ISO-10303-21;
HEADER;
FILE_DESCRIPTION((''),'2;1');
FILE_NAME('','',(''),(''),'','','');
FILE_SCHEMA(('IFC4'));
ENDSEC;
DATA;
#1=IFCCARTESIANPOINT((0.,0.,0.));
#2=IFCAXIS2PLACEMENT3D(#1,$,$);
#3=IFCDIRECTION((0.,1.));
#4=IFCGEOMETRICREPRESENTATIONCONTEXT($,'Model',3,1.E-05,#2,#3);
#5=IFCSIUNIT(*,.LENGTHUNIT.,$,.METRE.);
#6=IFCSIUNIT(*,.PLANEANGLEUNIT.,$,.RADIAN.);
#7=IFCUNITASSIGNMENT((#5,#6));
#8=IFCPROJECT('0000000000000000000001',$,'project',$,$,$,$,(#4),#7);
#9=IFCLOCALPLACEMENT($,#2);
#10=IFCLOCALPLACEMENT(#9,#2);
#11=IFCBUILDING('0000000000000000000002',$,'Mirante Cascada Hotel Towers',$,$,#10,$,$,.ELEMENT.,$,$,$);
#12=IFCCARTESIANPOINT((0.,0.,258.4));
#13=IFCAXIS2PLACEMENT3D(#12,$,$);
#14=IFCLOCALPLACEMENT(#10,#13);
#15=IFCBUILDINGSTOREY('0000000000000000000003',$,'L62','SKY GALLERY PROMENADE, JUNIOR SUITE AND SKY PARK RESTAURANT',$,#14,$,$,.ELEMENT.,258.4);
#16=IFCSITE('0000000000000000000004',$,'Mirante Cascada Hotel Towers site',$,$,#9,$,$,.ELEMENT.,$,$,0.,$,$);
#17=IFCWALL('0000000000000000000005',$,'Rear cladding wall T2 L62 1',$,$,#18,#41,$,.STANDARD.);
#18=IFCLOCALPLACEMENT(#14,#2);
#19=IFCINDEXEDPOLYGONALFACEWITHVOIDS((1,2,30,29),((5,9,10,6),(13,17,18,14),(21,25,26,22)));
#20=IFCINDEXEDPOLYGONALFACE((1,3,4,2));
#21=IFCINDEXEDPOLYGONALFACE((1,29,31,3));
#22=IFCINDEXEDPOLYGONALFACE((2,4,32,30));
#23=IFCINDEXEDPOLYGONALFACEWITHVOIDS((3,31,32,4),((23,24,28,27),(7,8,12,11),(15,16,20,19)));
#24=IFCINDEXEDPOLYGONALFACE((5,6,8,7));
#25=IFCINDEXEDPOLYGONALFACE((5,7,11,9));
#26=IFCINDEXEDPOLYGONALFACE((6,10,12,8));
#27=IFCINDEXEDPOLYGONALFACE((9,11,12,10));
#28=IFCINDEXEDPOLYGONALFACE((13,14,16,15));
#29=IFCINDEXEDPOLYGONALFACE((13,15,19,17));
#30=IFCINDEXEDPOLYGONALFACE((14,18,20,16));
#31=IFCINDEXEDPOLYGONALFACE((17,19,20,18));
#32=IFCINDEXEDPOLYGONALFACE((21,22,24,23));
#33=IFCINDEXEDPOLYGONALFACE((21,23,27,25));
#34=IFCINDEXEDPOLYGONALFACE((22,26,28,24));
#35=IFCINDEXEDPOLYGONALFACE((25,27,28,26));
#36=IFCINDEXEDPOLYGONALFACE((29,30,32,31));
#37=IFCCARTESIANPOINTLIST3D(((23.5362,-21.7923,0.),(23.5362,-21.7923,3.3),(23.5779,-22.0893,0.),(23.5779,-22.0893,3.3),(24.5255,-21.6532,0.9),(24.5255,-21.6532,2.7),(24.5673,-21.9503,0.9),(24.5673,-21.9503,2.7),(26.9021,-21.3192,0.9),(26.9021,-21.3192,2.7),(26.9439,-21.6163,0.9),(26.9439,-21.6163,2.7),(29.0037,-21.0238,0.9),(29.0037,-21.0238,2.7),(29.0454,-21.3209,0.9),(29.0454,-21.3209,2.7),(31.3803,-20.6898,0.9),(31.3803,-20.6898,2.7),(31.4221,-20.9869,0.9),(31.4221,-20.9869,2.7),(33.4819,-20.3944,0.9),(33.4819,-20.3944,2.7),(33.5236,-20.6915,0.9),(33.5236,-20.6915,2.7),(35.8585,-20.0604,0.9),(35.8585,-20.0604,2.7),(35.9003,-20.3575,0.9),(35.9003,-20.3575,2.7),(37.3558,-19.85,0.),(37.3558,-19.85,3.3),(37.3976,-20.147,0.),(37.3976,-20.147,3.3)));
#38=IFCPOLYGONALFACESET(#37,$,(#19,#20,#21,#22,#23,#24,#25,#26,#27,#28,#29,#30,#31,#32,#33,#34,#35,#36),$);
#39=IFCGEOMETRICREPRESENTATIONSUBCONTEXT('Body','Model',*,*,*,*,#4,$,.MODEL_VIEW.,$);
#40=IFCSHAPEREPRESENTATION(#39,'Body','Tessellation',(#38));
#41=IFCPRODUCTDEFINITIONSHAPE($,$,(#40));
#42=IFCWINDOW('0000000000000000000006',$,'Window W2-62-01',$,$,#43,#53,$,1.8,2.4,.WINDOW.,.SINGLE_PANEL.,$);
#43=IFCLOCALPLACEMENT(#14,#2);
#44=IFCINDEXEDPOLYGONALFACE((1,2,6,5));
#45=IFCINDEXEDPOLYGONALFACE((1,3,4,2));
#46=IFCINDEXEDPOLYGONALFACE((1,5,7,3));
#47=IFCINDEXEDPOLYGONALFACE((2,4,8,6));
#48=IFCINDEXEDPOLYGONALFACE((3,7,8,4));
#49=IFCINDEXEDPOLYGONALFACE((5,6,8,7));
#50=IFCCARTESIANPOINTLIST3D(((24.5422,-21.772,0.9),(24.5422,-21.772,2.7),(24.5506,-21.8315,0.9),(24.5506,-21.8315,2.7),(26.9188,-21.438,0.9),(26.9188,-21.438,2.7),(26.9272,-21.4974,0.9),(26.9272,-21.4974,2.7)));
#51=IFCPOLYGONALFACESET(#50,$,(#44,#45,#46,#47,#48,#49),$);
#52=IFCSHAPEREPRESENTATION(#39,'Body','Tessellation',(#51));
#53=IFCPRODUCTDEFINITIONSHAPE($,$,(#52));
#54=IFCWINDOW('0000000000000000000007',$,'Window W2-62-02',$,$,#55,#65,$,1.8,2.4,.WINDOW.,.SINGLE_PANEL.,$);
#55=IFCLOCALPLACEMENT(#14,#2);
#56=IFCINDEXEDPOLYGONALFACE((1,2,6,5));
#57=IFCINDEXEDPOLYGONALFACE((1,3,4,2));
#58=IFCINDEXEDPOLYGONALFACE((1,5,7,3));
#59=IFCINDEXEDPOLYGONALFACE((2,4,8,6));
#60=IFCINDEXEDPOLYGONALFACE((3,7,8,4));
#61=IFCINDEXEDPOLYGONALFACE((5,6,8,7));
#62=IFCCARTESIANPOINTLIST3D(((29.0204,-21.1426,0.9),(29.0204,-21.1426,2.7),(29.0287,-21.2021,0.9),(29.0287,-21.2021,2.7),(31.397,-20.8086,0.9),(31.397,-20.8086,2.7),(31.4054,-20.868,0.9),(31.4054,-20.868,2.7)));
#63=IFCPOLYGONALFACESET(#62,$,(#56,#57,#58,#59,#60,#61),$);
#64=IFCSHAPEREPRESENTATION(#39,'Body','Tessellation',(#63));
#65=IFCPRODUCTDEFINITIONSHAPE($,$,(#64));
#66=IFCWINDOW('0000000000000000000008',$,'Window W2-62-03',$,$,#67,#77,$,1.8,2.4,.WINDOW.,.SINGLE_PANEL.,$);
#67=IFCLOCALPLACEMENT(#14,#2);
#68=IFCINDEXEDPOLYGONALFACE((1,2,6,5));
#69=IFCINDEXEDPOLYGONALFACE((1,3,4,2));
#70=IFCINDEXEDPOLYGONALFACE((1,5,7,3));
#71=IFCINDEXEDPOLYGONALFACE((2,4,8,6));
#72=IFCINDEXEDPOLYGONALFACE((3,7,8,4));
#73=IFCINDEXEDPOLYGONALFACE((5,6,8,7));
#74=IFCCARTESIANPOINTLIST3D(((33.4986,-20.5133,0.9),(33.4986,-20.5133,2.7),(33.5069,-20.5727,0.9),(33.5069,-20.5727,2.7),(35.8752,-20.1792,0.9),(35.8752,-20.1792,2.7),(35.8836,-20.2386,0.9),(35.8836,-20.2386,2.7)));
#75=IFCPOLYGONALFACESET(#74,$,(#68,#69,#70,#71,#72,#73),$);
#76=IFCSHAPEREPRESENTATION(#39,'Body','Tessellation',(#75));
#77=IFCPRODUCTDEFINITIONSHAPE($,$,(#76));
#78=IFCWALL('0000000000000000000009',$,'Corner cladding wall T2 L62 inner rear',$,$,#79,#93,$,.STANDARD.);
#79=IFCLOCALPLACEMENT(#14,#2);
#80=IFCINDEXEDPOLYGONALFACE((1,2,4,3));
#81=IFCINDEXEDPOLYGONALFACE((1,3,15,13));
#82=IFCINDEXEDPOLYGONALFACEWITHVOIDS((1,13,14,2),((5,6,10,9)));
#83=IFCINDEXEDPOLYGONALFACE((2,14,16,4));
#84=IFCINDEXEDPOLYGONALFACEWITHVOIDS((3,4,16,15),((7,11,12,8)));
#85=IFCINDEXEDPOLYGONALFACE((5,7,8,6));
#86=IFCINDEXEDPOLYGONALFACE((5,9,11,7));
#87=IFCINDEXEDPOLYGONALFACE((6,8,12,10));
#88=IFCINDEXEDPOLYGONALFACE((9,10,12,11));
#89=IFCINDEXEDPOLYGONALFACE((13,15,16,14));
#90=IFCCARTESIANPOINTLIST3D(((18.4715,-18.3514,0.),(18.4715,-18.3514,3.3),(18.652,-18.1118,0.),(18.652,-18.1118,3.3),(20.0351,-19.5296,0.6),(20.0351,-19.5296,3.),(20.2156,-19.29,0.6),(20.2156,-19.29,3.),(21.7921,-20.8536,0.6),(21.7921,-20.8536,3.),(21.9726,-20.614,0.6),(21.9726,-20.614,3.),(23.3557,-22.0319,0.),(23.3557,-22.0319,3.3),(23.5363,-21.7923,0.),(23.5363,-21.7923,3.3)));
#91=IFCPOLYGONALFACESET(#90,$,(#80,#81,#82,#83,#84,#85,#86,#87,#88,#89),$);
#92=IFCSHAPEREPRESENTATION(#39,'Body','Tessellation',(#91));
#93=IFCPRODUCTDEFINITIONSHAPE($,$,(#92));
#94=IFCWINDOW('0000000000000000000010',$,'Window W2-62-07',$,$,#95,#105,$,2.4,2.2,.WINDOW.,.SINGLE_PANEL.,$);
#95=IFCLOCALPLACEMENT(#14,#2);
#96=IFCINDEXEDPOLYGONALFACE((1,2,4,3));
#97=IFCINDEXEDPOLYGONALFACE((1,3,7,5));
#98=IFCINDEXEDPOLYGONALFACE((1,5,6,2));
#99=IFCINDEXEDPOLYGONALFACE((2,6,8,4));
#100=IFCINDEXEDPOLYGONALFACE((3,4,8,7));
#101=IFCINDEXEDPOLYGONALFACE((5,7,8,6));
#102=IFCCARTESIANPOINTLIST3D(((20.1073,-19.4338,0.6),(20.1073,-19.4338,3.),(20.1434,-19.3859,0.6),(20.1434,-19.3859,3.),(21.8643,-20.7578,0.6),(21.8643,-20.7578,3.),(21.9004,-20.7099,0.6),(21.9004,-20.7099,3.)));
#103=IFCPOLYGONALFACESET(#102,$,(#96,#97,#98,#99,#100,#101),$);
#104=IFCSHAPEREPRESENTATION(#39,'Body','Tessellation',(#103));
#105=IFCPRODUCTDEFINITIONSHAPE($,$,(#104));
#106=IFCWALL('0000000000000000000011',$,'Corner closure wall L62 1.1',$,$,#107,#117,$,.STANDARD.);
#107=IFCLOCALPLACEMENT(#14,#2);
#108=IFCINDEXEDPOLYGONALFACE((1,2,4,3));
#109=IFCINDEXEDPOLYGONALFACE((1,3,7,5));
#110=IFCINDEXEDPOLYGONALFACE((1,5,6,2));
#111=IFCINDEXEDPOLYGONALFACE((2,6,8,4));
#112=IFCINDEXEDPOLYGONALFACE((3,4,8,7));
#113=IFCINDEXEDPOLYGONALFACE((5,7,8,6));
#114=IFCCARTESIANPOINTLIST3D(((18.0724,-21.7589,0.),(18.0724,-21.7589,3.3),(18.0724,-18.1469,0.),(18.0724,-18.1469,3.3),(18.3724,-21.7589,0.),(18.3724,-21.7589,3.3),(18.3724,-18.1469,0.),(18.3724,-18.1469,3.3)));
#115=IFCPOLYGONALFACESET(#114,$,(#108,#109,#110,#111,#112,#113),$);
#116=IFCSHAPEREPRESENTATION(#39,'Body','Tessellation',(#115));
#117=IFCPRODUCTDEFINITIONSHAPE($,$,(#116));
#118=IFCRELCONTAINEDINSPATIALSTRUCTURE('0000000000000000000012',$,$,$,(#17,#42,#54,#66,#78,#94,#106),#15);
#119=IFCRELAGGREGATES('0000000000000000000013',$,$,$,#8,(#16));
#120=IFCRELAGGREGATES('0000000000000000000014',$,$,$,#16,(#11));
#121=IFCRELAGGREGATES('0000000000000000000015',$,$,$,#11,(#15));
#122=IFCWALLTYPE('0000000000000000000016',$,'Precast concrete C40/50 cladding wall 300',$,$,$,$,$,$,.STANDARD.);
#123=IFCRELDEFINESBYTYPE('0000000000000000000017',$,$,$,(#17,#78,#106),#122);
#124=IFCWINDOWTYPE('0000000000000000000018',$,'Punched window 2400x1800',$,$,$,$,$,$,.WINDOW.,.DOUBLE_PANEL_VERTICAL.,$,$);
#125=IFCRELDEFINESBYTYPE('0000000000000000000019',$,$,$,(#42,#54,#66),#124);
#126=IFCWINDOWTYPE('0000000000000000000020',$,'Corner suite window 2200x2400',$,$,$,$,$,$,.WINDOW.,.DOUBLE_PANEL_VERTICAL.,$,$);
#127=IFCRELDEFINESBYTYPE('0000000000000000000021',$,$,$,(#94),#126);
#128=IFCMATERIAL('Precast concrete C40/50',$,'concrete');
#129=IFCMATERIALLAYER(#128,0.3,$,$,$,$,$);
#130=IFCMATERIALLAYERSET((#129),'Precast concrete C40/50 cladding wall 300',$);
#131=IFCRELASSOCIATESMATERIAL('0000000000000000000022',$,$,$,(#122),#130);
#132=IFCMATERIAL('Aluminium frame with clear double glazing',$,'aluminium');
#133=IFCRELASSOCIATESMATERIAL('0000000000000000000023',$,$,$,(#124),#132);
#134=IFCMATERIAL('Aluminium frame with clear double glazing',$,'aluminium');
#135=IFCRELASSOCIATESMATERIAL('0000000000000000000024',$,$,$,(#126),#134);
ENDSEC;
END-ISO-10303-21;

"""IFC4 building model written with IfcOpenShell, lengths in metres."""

from ifc_helpers import new_model, si_unit, direction, frame, frame_2d, origin, place, context, subcontext, project, spatial, rectangle, extrude, material, layer, layer_set, type_object, element, fill, save


model = new_model("IFC4")

# Units and contexts
model_context = context("Model", 3, precision=1e-05, world=origin(), true_north=direction((0.0, 1.0)))
body_context = subcontext(model_context, "Body", "Model", "MODEL_VIEW")
ifc_project = project(units=[si_unit("LENGTHUNIT", "METRE"), si_unit("PLANEANGLEUNIT", "RADIAN")], contexts=[model_context])

# Site, building, storey
site_placement = place(None, origin())
site = spatial("IfcSite", under=ifc_project, at=site_placement, Name="Mirante Cascada Hotel Towers site", CompositionType="ELEMENT", RefElevation=0.0)
building_placement = place(site_placement, origin())
building = spatial("IfcBuilding", under=site, at=building_placement, Name="Mirante Cascada Hotel Towers", CompositionType="ELEMENT")
storey_placement = place(building_placement, frame((0.0, 0.0, 258.4)))
storey = spatial("IfcBuildingStorey", under=building, at=storey_placement, Name="L62", Description="SKY GALLERY PROMENADE, JUNIOR SUITE AND SKY PARK RESTAURANT", CompositionType="ELEMENT", Elevation=258.4)

# Wall, openings, windows
ifc_material_1 = material(Name="Precast concrete C40/50", Category="concrete")
ifc_layer_1 = layer(ifc_material_1, 0.3)
ifc_layer_set_1 = layer_set([ifc_layer_1], Name="Precast concrete C40/50 cladding wall 300")
wall_type_1 = type_object("IfcWallType", Name="Precast concrete C40/50 cladding wall 300", PredefinedType="STANDARD", material=ifc_layer_set_1)
wall_1_placement = place(storey_placement, frame((23.557, -21.9408, 0.0), z_axis=(0.0, 0.0, 1.0), x_axis=(0.990267, 0.139178, 0.0)))
wall_1 = element("IfcWall", 1, at=wall_1_placement, inside=storey, type_object=wall_type_1, Name="Rear cladding wall T2 L62 1", PredefinedType="STANDARD", context=body_context, shape_type="SweptSolid", body=[
    extrude(rectangle(XDim=13.9555, YDim=0.3, at=frame_2d((6.9778, 0.0))), origin(), (0.0, 0.0, 1.0), 3.3),
])
opening_1_placement = place(wall_1_placement, frame((0.9991, 0.0, 0.9)))
opening_1 = element("IfcOpeningElement", 2, at=opening_1_placement, cuts=wall_1, PredefinedType="OPENING", context=body_context, shape_type="SweptSolid", body=[
    extrude(rectangle(XDim=2.4, YDim=1.8, at=frame_2d((1.2, 0.9))), frame((0.0, 0.15, 0.0), z_axis=(0.0, -1.0, 0.0), x_axis=(1.0, 0.0, 0.0)), (0.0, 0.0, 1.0), 0.3),
])
opening_2_placement = place(wall_1_placement, frame((5.5213, 0.0, 0.9)))
opening_2 = element("IfcOpeningElement", 3, at=opening_2_placement, cuts=wall_1, PredefinedType="OPENING", context=body_context, shape_type="SweptSolid", body=[
    extrude(rectangle(XDim=2.4, YDim=1.8, at=frame_2d((1.2, 0.9))), frame((0.0, 0.15, 0.0), z_axis=(0.0, -1.0, 0.0), x_axis=(1.0, 0.0, 0.0)), (0.0, 0.0, 1.0), 0.3),
])
opening_3_placement = place(wall_1_placement, frame((10.0435, 0.0, 0.9)))
opening_3 = element("IfcOpeningElement", 4, at=opening_3_placement, cuts=wall_1, PredefinedType="OPENING", context=body_context, shape_type="SweptSolid", body=[
    extrude(rectangle(XDim=2.4, YDim=1.8, at=frame_2d((1.2, 0.9))), frame((0.0, 0.15, 0.0), z_axis=(0.0, -1.0, 0.0), x_axis=(1.0, 0.0, 0.0)), (0.0, 0.0, 1.0), 0.3),
])
ifc_material_2 = material(Name="Aluminium frame with clear double glazing", Category="aluminium")
window_type_1 = type_object("IfcWindowType", Name="Punched window 2400x1800", PartitioningType="DOUBLE_PANEL_VERTICAL", PredefinedType="WINDOW", material=ifc_material_2)
window_1_placement = place(opening_1_placement, origin())
window_1 = element("IfcWindow", 5, at=window_1_placement, inside=storey, type_object=window_type_1, Name="Window W2-62-01", OverallHeight=1.8, OverallWidth=2.4, PartitioningType="SINGLE_PANEL", PredefinedType="WINDOW", context=body_context, shape_type="SweptSolid", body=[
    extrude(rectangle(XDim=2.4, YDim=1.8, at=frame_2d((1.2, 0.9))), frame((0.0, 0.03, 0.0), z_axis=(0.0, -1.0, 0.0), x_axis=(1.0, 0.0, 0.0)), (0.0, 0.0, 1.0), 0.06),
])
fill(opening_1, window_1)
window_2_placement = place(opening_2_placement, origin())
window_2 = element("IfcWindow", 6, at=window_2_placement, inside=storey, type_object=window_type_1, Name="Window W2-62-02", OverallHeight=1.8, OverallWidth=2.4, PartitioningType="SINGLE_PANEL", PredefinedType="WINDOW", context=body_context, shape_type="SweptSolid", body=[
    extrude(rectangle(XDim=2.4, YDim=1.8, at=frame_2d((1.2, 0.9))), frame((0.0, 0.03, 0.0), z_axis=(0.0, -1.0, 0.0), x_axis=(1.0, 0.0, 0.0)), (0.0, 0.0, 1.0), 0.06),
])
fill(opening_2, window_2)
window_3_placement = place(opening_3_placement, origin())
window_3 = element("IfcWindow", 7, at=window_3_placement, inside=storey, type_object=window_type_1, Name="Window W2-62-03", OverallHeight=1.8, OverallWidth=2.4, PartitioningType="SINGLE_PANEL", PredefinedType="WINDOW", context=body_context, shape_type="SweptSolid", body=[
    extrude(rectangle(XDim=2.4, YDim=1.8, at=frame_2d((1.2, 0.9))), frame((0.0, 0.03, 0.0), z_axis=(0.0, -1.0, 0.0), x_axis=(1.0, 0.0, 0.0)), (0.0, 0.0, 1.0), 0.06),
])
fill(opening_3, window_3)

# Wall, opening, window
wall_2_placement = place(storey_placement, frame((18.5618, -18.2316, 0.0), z_axis=(0.0, 0.0, 1.0), x_axis=(0.798636, -0.601814, 0.0)))
wall_2 = element("IfcWall", 8, at=wall_2_placement, inside=storey, type_object=wall_type_1, Name="Corner cladding wall T2 L62 inner rear", PredefinedType="STANDARD", context=body_context, shape_type="SweptSolid", body=[
    extrude(rectangle(XDim=6.1157, YDim=0.3, at=frame_2d((3.0578, 0.0))), origin(), (0.0, 0.0, 1.0), 3.3),
])
opening_4_placement = place(wall_2_placement, frame((1.9578, 0.0, 0.6)))
opening_4 = element("IfcOpeningElement", 9, at=opening_4_placement, cuts=wall_2, PredefinedType="OPENING", context=body_context, shape_type="SweptSolid", body=[
    extrude(rectangle(XDim=2.2, YDim=2.4, at=frame_2d((1.1, 1.2))), frame((0.0, 0.15, 0.0), z_axis=(0.0, -1.0, 0.0), x_axis=(1.0, 0.0, 0.0)), (0.0, 0.0, 1.0), 0.3),
])
ifc_material_3 = material(Name="Aluminium frame with clear double glazing", Category="aluminium")
window_type_2 = type_object("IfcWindowType", Name="Corner suite window 2200x2400", PartitioningType="DOUBLE_PANEL_VERTICAL", PredefinedType="WINDOW", material=ifc_material_3)
window_4_placement = place(opening_4_placement, origin())
window_4 = element("IfcWindow", 10, at=window_4_placement, inside=storey, type_object=window_type_2, Name="Window W2-62-07", OverallHeight=2.4, OverallWidth=2.2, PartitioningType="SINGLE_PANEL", PredefinedType="WINDOW", context=body_context, shape_type="SweptSolid", body=[
    extrude(rectangle(XDim=2.2, YDim=2.4, at=frame_2d((1.1, 1.2))), frame((0.0, 0.03, 0.0), z_axis=(0.0, -1.0, 0.0), x_axis=(1.0, 0.0, 0.0)), (0.0, 0.0, 1.0), 0.06),
])
fill(opening_4, window_4)

# Wall
wall_3_placement = place(storey_placement, frame((18.2224, -18.1469, 0.0), z_axis=(0.0, 0.0, 1.0), x_axis=(0.0, -1.0, 0.0)))
element("IfcWall", 11, at=wall_3_placement, inside=storey, type_object=wall_type_1, Name="Corner closure wall L62 1.1", PredefinedType="STANDARD", context=body_context, shape_type="SweptSolid", body=[
    extrude(rectangle(XDim=3.612, YDim=0.3, at=frame_2d((1.806, 0.0))), origin(), (0.0, 0.0, 1.0), 3.3),
])

save(model, "model.ifc")
